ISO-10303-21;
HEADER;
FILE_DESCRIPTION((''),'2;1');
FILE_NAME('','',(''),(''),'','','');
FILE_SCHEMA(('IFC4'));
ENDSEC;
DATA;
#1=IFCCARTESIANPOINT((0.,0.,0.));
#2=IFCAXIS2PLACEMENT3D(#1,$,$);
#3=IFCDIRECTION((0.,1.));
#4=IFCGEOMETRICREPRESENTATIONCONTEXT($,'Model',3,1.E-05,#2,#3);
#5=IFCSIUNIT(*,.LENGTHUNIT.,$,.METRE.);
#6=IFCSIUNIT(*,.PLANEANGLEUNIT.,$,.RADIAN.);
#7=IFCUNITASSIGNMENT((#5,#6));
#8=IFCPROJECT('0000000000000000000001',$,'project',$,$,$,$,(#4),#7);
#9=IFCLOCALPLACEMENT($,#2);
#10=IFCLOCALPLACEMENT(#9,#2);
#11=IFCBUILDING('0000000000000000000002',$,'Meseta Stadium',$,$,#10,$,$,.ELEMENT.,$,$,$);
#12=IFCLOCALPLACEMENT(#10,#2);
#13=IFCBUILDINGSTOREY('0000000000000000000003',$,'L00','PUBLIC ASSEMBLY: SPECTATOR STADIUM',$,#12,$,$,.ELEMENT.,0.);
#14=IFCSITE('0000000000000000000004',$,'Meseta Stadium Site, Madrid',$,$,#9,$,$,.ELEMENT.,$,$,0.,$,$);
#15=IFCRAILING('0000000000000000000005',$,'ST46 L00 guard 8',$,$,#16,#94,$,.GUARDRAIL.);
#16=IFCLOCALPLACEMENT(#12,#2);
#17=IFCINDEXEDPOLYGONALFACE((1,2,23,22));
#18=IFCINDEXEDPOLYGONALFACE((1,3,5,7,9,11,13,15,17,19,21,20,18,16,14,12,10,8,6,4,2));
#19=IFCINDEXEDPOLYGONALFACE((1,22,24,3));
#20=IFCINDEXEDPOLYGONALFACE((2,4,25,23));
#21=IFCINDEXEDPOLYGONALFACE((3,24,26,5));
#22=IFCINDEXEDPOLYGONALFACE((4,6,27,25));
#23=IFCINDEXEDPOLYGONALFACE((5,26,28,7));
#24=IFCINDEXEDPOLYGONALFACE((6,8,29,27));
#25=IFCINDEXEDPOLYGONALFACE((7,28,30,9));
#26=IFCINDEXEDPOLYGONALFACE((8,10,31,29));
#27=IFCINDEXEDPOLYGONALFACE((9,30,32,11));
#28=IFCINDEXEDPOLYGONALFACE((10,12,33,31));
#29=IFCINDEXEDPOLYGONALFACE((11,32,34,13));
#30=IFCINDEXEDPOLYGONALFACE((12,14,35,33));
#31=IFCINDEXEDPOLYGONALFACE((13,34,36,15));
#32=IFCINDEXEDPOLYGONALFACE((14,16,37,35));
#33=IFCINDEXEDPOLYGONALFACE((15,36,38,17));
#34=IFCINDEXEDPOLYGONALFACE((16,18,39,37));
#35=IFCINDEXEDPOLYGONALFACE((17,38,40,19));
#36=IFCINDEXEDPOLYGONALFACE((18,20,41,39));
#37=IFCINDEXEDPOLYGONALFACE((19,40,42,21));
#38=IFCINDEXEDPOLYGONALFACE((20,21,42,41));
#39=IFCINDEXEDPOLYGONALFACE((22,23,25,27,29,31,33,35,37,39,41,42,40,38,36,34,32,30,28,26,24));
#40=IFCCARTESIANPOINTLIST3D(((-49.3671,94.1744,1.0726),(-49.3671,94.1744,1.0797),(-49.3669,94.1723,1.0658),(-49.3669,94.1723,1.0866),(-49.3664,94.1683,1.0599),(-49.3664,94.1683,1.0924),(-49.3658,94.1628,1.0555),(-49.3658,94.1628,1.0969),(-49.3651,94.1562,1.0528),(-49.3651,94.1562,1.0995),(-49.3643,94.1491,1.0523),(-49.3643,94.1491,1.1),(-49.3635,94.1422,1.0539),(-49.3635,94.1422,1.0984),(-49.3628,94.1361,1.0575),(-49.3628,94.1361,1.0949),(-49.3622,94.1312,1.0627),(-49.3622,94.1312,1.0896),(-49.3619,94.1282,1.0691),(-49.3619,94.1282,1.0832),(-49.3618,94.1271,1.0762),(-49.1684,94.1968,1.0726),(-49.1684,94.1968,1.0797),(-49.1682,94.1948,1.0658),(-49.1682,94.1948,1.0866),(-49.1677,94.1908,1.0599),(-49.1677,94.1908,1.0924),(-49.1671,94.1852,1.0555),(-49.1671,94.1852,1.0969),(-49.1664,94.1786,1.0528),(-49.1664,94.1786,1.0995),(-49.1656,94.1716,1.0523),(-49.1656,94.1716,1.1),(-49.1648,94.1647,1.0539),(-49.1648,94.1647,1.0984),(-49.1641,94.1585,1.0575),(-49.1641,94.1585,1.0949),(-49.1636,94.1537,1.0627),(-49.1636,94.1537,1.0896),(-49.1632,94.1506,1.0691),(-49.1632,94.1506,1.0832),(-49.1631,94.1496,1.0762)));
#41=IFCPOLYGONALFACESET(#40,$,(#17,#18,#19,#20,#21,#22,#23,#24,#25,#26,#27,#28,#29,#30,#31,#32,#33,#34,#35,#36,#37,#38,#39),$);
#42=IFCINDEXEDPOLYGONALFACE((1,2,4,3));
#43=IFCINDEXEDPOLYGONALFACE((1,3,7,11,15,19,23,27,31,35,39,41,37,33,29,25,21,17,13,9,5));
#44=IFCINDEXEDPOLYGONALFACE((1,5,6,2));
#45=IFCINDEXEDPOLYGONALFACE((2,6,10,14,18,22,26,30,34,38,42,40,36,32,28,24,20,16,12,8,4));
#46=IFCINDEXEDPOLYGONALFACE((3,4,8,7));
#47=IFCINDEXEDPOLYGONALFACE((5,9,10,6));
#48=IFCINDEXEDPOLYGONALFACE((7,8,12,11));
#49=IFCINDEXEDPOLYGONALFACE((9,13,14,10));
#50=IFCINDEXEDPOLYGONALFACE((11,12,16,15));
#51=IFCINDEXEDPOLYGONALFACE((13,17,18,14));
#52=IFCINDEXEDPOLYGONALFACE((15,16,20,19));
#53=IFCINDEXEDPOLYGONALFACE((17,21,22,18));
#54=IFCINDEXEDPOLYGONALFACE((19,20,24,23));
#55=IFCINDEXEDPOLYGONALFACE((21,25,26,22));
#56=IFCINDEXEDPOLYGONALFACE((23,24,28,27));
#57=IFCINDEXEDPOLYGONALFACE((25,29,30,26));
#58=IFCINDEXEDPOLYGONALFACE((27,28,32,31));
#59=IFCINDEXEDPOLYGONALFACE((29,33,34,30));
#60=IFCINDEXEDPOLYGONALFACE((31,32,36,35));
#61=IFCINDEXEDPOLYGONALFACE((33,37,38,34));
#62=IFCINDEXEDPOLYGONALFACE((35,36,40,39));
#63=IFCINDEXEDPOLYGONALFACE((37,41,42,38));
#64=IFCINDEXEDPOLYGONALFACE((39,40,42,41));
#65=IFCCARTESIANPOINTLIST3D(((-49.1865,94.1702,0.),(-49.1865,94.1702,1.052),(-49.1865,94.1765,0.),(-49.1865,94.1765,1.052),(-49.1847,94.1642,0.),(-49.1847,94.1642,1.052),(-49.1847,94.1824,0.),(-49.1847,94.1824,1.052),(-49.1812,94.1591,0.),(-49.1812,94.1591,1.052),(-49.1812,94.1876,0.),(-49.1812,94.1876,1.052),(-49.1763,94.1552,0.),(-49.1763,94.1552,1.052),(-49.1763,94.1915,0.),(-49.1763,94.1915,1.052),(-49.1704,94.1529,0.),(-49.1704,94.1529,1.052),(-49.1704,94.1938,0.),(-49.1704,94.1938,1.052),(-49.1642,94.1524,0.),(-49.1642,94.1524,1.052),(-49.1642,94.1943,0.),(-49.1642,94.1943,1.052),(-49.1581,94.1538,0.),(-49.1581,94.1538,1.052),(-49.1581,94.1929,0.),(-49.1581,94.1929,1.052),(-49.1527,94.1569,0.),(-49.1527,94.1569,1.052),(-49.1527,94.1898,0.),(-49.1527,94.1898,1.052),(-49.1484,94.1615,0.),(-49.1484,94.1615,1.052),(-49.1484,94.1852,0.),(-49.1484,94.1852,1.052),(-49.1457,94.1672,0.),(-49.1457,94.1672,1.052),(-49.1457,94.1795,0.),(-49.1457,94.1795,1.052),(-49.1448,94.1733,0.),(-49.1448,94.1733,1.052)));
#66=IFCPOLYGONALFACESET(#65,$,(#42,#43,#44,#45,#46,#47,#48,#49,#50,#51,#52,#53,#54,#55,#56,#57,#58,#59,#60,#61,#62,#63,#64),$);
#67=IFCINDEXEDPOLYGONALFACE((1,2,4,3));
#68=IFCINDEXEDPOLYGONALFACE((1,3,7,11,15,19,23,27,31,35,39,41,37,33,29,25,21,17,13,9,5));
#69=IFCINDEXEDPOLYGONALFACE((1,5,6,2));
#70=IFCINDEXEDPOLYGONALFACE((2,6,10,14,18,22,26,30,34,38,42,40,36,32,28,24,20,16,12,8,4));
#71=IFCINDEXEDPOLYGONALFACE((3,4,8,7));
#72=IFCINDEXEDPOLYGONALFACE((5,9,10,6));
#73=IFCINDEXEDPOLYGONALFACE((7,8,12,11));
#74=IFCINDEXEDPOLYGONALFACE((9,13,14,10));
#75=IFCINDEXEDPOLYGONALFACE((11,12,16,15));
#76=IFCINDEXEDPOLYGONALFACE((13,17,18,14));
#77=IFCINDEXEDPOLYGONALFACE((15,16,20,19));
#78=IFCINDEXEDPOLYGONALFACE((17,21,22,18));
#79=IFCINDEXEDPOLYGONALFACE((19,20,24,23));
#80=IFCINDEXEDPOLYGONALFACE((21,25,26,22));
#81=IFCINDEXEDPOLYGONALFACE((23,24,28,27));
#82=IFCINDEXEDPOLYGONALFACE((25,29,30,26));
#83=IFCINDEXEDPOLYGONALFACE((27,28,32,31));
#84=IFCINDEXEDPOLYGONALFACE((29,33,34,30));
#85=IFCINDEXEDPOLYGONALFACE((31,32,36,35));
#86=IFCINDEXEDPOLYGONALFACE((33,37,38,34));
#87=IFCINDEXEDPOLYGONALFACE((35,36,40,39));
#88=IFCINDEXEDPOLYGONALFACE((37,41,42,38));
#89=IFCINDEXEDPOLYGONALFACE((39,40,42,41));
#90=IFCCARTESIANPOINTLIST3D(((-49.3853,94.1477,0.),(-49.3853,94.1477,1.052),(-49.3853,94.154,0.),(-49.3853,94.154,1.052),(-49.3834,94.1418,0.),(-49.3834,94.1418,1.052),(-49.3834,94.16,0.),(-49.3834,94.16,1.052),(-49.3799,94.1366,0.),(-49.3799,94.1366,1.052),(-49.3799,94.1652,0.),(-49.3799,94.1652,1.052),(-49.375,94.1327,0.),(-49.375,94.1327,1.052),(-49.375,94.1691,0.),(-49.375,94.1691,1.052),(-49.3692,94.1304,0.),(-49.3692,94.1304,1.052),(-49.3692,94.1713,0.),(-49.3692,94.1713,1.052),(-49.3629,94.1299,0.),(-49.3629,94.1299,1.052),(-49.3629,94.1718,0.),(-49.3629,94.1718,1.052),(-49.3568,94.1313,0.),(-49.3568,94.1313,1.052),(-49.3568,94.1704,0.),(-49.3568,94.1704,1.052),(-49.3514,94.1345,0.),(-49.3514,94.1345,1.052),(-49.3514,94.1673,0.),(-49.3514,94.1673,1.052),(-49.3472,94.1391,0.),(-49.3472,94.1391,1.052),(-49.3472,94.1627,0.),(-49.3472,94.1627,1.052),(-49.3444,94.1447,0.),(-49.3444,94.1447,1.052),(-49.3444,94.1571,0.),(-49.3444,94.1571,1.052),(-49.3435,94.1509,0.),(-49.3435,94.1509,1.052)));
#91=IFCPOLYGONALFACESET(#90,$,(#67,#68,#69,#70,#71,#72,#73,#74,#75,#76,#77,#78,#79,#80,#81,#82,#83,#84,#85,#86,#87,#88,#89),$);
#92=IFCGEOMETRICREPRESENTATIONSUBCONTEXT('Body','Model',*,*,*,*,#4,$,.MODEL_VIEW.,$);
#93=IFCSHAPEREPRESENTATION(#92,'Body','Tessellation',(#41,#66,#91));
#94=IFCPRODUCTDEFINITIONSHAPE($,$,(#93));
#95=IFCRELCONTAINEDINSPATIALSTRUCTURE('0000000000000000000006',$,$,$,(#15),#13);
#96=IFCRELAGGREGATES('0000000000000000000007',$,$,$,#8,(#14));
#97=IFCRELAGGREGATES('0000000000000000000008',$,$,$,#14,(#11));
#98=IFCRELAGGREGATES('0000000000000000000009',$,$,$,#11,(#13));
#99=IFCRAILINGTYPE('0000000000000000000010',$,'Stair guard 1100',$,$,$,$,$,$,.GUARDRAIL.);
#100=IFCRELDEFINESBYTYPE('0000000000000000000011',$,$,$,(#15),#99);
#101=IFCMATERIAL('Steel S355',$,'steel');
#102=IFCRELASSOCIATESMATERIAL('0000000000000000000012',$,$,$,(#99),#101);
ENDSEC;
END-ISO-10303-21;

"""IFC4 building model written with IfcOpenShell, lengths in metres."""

from ifc_helpers import new_model, si_unit, direction, frame, origin, origin_2d, place, context, subcontext, project, spatial, circle, extrude, material, type_object, element, save


model = new_model("IFC4")

# Units and contexts
model_context = context("Model", 3, precision=1e-05, world=origin(), true_north=direction((0.0, 1.0)))
body_context = subcontext(model_context, "Body", "Model", "MODEL_VIEW")
ifc_project = project(units=[si_unit("LENGTHUNIT", "METRE"), si_unit("PLANEANGLEUNIT", "RADIAN")], contexts=[model_context])

# Site, building, storey
site_placement = place(None, origin())
site = spatial("IfcSite", under=ifc_project, at=site_placement, Name="Meseta Stadium Site, Madrid", CompositionType="ELEMENT", RefElevation=0.0)
building_placement = place(site_placement, origin())
building = spatial("IfcBuilding", under=site, at=building_placement, Name="Meseta Stadium", CompositionType="ELEMENT")
storey_placement = place(building_placement, origin())
storey = spatial("IfcBuildingStorey", under=building, at=storey_placement, Name="L00", Description="PUBLIC ASSEMBLY: SPECTATOR STADIUM", CompositionType="ELEMENT", Elevation=0.0)

# Railing
ifc_material_1 = material(Name="Steel S355", Category="steel")
railing_type_1 = type_object("IfcRailingType", Name="Stair guard 1100", PredefinedType="GUARDRAIL", material=ifc_material_1)
railing_1_placement = place(storey_placement, frame((-49.1658, 94.1733, 0.0)))
element("IfcRailing", 1, at=railing_1_placement, inside=storey, type_object=railing_type_1, Name="ST46 L00 guard 8", PredefinedType="GUARDRAIL", context=body_context, shape_type="SweptSolid", body=[
    extrude(circle(Radius=0.0239, at=origin_2d()), frame((0.0, 0.0, 1.0762), z_axis=(-0.993674, -0.112307, 0.0), x_axis=(0.112307, -0.993674, 0.0)), (0.0, 0.0, 1.0), 0.2),
    extrude(circle(Radius=0.021, at=origin_2d()), origin(), (0.0, 0.0, 1.0), 1.052),
    extrude(circle(Radius=0.021, at=origin_2d()), frame((-0.1987, -0.0225, 0.0)), (0.0, 0.0, 1.0), 1.052),
])

save(model, "model.ifc")
